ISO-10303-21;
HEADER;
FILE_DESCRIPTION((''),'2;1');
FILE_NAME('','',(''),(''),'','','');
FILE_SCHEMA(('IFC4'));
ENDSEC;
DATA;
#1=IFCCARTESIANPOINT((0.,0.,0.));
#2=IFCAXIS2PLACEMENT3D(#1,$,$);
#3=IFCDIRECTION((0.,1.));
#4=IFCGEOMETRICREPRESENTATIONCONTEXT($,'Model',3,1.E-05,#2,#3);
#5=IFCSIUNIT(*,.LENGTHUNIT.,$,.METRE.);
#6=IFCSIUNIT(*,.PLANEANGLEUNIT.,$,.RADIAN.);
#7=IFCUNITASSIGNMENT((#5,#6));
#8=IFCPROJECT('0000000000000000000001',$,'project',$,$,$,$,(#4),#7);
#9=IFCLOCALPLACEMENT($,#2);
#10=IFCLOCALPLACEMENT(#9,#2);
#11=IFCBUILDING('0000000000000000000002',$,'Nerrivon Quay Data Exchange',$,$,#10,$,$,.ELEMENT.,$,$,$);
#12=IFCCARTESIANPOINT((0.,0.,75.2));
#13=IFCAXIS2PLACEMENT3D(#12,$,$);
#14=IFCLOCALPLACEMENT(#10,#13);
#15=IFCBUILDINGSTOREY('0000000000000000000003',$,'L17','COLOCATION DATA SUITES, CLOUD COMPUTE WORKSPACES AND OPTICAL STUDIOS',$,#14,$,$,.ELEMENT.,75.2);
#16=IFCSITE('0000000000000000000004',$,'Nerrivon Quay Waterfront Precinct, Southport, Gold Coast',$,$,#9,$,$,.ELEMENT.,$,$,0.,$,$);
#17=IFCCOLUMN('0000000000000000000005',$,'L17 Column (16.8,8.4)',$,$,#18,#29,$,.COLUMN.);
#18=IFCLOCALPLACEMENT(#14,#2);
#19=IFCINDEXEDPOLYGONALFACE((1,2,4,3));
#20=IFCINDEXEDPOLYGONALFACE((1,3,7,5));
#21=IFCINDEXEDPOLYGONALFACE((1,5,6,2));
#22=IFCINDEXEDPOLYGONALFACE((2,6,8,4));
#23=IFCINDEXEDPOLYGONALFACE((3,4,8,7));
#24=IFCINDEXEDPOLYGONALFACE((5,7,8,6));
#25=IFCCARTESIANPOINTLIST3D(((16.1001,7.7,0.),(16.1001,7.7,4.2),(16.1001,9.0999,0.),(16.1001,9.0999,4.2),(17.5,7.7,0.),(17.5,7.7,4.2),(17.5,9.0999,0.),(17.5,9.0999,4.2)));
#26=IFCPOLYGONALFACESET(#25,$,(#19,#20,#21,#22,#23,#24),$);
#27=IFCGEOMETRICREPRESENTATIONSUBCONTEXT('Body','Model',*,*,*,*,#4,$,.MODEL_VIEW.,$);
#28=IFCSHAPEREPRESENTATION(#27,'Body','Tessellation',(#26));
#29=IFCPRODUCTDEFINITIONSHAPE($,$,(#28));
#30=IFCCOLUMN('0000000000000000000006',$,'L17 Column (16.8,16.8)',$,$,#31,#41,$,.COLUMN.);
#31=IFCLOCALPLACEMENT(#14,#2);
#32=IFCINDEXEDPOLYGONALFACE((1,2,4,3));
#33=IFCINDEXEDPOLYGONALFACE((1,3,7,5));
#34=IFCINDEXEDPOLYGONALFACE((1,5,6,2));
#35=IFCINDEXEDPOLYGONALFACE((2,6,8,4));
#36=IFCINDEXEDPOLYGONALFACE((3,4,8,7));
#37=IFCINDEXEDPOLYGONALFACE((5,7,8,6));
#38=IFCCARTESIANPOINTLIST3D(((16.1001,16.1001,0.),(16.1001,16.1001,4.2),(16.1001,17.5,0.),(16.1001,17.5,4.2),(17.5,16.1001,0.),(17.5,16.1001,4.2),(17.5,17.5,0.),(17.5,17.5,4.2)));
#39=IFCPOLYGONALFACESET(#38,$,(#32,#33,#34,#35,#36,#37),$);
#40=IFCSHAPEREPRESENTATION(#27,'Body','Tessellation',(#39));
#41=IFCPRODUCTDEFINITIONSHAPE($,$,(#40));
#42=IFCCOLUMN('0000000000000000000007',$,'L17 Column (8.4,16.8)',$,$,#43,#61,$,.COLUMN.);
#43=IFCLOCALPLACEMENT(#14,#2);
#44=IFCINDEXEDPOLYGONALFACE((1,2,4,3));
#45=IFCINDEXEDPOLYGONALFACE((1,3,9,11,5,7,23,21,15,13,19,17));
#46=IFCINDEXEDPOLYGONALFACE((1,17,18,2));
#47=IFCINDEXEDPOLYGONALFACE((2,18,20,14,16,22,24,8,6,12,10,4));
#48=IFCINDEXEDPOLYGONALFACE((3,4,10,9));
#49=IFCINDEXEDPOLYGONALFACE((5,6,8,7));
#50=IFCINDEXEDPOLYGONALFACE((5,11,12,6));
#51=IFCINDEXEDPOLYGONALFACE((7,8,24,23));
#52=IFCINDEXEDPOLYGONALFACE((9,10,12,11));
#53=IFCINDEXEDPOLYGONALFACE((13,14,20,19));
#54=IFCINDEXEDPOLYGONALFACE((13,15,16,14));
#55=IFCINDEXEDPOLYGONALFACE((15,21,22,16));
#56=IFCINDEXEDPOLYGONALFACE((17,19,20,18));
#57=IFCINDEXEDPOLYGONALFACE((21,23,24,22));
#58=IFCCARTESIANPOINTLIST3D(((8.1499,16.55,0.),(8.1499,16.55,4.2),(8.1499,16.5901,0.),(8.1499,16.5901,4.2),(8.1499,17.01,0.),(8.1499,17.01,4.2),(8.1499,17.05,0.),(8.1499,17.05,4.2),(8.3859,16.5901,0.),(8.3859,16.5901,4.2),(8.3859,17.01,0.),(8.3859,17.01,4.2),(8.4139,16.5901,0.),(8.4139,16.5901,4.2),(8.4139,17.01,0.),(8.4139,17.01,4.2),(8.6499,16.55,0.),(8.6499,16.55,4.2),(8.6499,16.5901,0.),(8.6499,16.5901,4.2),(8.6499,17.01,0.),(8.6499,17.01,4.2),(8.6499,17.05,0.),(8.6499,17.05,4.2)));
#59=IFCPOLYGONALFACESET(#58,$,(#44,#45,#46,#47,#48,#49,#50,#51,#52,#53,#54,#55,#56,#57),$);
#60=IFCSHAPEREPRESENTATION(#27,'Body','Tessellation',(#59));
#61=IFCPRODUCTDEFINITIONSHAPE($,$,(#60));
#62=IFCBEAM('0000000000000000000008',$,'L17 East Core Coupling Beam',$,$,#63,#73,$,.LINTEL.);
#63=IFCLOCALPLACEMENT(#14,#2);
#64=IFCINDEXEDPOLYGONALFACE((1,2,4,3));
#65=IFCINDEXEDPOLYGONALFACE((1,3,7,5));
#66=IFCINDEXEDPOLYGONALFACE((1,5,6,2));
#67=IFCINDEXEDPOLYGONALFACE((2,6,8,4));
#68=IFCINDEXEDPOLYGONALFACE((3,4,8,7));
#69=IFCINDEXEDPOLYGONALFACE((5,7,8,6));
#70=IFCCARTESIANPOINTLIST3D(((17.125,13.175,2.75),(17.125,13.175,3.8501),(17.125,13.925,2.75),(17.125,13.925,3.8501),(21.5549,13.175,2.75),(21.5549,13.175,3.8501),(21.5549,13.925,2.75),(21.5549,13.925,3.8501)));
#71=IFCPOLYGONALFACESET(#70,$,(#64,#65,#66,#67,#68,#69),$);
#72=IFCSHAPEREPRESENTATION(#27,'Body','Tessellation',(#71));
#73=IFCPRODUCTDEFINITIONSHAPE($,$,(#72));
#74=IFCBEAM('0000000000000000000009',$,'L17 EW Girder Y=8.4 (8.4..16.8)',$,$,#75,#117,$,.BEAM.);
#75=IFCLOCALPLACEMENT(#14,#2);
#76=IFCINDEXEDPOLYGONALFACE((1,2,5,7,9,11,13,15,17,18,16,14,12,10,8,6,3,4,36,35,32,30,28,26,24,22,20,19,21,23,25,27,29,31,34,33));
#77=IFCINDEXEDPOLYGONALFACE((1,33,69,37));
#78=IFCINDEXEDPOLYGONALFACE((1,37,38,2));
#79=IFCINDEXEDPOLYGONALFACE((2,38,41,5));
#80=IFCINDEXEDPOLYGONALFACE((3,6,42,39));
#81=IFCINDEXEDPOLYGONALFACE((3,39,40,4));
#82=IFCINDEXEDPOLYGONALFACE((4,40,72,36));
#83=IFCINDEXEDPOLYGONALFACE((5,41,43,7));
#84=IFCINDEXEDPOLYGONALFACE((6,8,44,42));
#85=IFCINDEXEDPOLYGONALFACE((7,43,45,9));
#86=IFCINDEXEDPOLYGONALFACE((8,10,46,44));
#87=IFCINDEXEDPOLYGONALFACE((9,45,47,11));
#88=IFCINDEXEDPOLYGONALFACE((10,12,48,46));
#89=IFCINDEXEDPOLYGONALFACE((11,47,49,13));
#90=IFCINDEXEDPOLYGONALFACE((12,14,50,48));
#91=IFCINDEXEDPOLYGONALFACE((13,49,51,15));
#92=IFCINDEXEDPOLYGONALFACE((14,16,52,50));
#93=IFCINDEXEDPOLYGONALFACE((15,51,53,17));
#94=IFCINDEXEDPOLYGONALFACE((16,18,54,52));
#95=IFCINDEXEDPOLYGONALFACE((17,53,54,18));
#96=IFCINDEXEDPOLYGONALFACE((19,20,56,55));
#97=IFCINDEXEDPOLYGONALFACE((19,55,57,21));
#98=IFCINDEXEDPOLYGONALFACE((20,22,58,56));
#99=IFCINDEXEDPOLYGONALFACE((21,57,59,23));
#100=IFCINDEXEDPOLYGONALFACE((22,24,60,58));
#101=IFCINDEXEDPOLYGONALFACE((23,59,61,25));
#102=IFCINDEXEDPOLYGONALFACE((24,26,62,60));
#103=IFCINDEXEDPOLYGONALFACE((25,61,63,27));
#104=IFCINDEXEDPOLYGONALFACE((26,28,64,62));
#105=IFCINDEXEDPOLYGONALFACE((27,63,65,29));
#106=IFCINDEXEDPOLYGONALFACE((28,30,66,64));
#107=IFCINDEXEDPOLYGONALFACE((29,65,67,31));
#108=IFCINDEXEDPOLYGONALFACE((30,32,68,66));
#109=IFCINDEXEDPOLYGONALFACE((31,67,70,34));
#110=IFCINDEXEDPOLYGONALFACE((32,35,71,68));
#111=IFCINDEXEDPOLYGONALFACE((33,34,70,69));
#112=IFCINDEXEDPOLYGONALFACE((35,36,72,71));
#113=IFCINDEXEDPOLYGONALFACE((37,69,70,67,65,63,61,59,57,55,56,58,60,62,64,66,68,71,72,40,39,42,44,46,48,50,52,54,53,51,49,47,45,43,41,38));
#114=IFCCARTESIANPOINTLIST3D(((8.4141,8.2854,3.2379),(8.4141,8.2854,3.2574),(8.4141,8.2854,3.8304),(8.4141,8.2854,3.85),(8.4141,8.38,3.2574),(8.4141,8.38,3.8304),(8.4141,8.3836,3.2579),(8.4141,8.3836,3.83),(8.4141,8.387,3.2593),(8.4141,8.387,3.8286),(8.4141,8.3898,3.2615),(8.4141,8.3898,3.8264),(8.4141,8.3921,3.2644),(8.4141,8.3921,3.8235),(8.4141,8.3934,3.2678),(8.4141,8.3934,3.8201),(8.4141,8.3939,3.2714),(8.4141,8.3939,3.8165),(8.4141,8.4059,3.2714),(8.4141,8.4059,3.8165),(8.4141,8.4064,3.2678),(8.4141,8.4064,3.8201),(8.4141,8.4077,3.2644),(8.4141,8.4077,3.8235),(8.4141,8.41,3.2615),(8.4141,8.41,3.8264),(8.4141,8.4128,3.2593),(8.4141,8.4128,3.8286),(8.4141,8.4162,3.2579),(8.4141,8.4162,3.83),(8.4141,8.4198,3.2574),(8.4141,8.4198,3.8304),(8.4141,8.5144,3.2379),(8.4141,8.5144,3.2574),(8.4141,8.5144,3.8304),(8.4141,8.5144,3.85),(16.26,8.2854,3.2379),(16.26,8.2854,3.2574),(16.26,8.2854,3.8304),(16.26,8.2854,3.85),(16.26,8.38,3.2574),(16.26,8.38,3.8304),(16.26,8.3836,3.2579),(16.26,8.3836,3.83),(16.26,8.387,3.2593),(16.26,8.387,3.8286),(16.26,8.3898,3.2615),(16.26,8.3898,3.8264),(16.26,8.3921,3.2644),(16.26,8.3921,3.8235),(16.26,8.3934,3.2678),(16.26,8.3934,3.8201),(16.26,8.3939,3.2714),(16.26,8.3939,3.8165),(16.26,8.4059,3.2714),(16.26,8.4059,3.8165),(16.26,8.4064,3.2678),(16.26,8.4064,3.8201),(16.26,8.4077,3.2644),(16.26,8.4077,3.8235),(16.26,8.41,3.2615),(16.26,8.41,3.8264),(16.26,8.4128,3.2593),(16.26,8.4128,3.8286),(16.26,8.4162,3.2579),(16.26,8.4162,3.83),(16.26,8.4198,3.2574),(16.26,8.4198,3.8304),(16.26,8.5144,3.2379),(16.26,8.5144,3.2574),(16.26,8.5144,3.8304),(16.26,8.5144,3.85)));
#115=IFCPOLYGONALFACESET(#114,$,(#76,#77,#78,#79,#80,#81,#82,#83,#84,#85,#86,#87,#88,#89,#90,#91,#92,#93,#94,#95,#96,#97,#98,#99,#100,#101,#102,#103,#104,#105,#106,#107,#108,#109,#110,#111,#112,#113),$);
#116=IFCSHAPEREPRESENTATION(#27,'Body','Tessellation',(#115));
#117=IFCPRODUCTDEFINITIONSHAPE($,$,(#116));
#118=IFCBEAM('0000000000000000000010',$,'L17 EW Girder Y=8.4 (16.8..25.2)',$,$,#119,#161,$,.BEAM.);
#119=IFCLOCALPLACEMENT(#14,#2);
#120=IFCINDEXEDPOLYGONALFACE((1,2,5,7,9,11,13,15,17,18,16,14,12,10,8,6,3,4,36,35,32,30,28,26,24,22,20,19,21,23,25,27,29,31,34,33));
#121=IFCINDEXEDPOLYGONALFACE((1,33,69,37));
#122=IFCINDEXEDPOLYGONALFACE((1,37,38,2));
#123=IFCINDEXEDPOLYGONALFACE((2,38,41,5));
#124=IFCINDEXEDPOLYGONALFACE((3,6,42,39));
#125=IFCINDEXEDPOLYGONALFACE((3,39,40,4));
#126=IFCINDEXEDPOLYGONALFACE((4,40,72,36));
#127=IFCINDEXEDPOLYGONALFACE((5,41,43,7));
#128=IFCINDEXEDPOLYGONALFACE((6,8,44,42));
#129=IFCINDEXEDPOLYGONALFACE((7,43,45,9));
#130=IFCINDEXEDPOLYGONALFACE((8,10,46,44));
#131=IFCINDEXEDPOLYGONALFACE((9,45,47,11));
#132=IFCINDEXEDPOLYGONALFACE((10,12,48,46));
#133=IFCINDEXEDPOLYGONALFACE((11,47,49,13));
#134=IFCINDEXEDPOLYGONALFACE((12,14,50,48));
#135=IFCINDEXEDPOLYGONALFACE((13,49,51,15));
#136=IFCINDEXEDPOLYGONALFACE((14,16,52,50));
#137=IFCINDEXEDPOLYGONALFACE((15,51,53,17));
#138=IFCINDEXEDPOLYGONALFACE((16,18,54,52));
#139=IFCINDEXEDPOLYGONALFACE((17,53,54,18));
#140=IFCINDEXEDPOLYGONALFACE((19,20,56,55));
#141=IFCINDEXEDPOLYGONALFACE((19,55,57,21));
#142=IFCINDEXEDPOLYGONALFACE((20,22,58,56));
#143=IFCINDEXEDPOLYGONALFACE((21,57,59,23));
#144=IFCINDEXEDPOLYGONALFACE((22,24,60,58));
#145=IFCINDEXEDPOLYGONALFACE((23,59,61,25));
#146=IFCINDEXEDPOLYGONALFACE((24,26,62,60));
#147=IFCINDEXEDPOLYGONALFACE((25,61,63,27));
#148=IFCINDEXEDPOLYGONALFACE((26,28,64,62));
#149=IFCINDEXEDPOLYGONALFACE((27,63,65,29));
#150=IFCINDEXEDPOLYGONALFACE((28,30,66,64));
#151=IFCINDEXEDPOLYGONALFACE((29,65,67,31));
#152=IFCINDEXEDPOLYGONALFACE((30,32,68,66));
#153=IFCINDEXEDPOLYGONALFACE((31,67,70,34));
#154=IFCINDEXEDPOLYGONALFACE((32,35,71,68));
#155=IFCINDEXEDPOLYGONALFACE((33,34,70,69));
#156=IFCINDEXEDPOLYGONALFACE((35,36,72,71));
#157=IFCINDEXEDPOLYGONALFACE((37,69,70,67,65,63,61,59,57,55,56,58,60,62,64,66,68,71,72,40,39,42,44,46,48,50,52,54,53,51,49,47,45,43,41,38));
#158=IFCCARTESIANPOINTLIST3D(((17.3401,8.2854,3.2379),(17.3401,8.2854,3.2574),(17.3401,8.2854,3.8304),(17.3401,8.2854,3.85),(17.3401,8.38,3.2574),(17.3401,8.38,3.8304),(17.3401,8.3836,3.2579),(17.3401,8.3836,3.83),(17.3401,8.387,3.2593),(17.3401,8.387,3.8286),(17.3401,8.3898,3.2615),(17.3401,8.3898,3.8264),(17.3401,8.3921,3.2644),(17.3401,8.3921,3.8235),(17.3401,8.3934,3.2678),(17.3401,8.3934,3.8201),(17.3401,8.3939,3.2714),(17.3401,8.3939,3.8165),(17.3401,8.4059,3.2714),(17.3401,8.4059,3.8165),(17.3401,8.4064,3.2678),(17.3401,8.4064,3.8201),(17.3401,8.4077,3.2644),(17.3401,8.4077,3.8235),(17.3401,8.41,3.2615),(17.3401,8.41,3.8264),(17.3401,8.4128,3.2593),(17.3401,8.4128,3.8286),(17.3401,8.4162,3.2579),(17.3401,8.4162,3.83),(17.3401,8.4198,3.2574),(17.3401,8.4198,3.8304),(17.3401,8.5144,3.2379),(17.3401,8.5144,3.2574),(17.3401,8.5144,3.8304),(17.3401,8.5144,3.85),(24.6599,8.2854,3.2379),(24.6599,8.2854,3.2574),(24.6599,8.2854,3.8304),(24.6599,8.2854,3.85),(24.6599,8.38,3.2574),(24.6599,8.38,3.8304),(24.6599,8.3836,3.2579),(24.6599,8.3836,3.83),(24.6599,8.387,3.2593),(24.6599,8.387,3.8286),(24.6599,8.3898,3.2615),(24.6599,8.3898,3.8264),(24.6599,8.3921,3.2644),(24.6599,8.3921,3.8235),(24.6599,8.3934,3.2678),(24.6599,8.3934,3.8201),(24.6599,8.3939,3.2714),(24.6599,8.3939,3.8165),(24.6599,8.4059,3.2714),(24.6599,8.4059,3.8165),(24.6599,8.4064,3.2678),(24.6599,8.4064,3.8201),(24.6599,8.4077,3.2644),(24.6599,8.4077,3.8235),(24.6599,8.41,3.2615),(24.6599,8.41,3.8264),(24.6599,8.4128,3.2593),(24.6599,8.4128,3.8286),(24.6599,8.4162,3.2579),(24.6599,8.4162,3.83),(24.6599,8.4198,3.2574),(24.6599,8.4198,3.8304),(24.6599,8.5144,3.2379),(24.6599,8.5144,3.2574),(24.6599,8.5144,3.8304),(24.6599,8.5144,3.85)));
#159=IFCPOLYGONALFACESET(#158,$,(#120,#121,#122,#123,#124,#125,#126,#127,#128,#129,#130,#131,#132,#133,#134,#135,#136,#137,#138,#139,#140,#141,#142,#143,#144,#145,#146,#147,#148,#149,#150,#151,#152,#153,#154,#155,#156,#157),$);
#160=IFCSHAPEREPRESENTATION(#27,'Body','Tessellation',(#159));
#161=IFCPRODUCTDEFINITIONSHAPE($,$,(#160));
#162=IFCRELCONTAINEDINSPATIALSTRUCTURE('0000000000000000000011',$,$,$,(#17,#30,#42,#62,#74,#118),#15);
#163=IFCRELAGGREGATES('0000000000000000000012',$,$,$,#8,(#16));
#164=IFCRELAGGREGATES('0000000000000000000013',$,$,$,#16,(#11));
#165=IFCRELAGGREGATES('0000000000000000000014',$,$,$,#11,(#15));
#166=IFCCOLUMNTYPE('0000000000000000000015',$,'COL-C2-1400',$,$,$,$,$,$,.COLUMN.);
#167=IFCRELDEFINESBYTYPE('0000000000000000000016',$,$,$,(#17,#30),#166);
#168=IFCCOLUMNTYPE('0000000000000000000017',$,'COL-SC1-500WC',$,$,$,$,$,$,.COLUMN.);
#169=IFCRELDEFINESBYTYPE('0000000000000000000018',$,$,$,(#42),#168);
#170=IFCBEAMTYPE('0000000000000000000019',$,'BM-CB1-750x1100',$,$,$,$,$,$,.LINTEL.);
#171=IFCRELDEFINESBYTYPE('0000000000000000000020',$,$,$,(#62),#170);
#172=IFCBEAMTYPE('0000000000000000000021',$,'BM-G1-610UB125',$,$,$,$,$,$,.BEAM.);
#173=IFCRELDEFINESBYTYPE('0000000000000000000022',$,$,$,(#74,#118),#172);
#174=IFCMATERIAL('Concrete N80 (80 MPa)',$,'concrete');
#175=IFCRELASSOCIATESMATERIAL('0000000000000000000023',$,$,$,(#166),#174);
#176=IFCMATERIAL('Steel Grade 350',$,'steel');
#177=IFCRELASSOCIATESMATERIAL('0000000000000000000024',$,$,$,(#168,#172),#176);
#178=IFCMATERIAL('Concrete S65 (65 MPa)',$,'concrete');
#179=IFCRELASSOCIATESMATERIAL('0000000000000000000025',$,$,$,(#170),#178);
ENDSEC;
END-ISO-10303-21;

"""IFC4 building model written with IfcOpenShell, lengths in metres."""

from ifc_helpers import new_model, si_unit, direction, frame, origin, origin_2d, place, context, subcontext, project, spatial, rectangle, i_section, extrude, material, material_profile, profile_set, type_object, element, save


model = new_model("IFC4")

# Units and contexts
model_context = context("Model", 3, precision=1e-05, world=origin(), true_north=direction((0.0, 1.0)))
body_context = subcontext(model_context, "Body", "Model", "MODEL_VIEW")
ifc_project = project(units=[si_unit("LENGTHUNIT", "METRE"), si_unit("PLANEANGLEUNIT", "RADIAN")], contexts=[model_context])

# Site, building, storey
site_placement = place(None, origin())
site = spatial("IfcSite", under=ifc_project, at=site_placement, Name="Nerrivon Quay Waterfront Precinct, Southport, Gold Coast", CompositionType="ELEMENT", RefElevation=0.0)
building_placement = place(site_placement, origin())
building = spatial("IfcBuilding", under=site, at=building_placement, Name="Nerrivon Quay Data Exchange", CompositionType="ELEMENT")
storey_placement = place(building_placement, frame((0.0, 0.0, 75.2)))
storey = spatial("IfcBuildingStorey", under=building, at=storey_placement, Name="L17", Description="COLOCATION DATA SUITES, CLOUD COMPUTE WORKSPACES AND OPTICAL STUDIOS", CompositionType="ELEMENT", Elevation=75.2)

# Columns
ifc_material_1 = material(Name="Concrete N80 (80 MPa)", Category="concrete")
ifc_material_profile_1 = material_profile(ifc_material_1, rectangle(XDim=1.3999, YDim=1.3999, at=origin_2d()), Name="RC-COL-1400x1400")
ifc_profile_set_1 = profile_set([ifc_material_profile_1], Name="Concrete N80 (80 MPa)")
column_type_1 = type_object("IfcColumnType", Name="COL-C2-1400", PredefinedType="COLUMN", material=ifc_profile_set_1)
for number, where, z_axis, x_axis, name in (
    (1, (16.8, 8.3999, 0.0), (0.0, 0.0, 1.0), (1.0, 0.0, 0.0), "L17 Column (16.8,8.4)"),
    (2, (16.8, 16.8, 0.0), (0.0, 0.0, 1.0), (1.0, 0.0, 0.0), "L17 Column (16.8,16.8)"),
):
    element("IfcColumn", number, at=place(storey_placement, frame(where, z_axis=z_axis, x_axis=x_axis)), inside=storey, type_object=column_type_1, Name=name, PredefinedType="COLUMN", context=body_context, shape_type="SweptSolid", body=[
        extrude(rectangle(XDim=1.3999, YDim=1.3999, at=origin_2d()), origin(), (0.0, 0.0, 1.0), 4.2),
    ])
ifc_material_2 = material(Name="Steel Grade 350", Category="steel")
ifc_material_profile_2 = material_profile(ifc_material_2, i_section(OverallWidth=0.5, OverallDepth=0.5, WebThickness=0.0281, FlangeThickness=0.04, at=origin_2d()), Name="500WC440")
ifc_profile_set_2 = profile_set([ifc_material_profile_2], Name="Steel Grade 350")
column_type_2 = type_object("IfcColumnType", Name="COL-SC1-500WC", PredefinedType="COLUMN", material=ifc_profile_set_2)
column_placement = place(storey_placement, frame((8.3999, 16.8, 0.0), z_axis=(0.0, 0.0, 1.0), x_axis=(1.0, 0.0, 0.0)))
element("IfcColumn", 3, at=column_placement, inside=storey, type_object=column_type_2, Name="L17 Column (8.4,16.8)", PredefinedType="COLUMN", context=body_context, shape_type="SweptSolid", body=[
    extrude(i_section(OverallWidth=0.5, OverallDepth=0.5, WebThickness=0.0281, FlangeThickness=0.04, at=origin_2d()), origin(), (0.0, 0.0, 1.0), 4.2),
])

# Beams
ifc_material_3 = material(Name="Concrete S65 (65 MPa)", Category="concrete")
ifc_material_profile_3 = material_profile(ifc_material_3, rectangle(XDim=0.75, YDim=1.1001, at=origin_2d()), Name="RC-CB-750x1100")
ifc_profile_set_3 = profile_set([ifc_material_profile_3], Name="Concrete S65 (65 MPa)")
beam_type_1 = type_object("IfcBeamType", Name="BM-CB1-750x1100", PredefinedType="LINTEL", material=ifc_profile_set_3)
beam_1_placement = place(storey_placement, frame((17.125, 13.55, 3.3), z_axis=(1.0, 0.0, 0.0), x_axis=(0.0, 1.0, 0.0)))
element("IfcBeam", 4, at=beam_1_placement, inside=storey, type_object=beam_type_1, Name="L17 East Core Coupling Beam", PredefinedType="LINTEL", context=body_context, shape_type="SweptSolid", body=[
    extrude(rectangle(XDim=0.75, YDim=1.1001, at=origin_2d()), origin(), (0.0, 0.0, 1.0), 4.4299),
])
ifc_material_profile_4 = material_profile(ifc_material_2, i_section(OverallWidth=0.229, OverallDepth=0.6121, WebThickness=0.012, FlangeThickness=0.0195, FilletRadius=0.0139, at=origin_2d()), Name="610UB125")
ifc_profile_set_4 = profile_set([ifc_material_profile_4], Name="Steel Grade 350")
beam_type_2 = type_object("IfcBeamType", Name="BM-G1-610UB125", PredefinedType="BEAM", material=ifc_profile_set_4)
beam_2_placement = place(storey_placement, frame((8.4141, 8.3999, 3.5439), z_axis=(1.0, 0.0, 0.0), x_axis=(0.0, 1.0, 0.0)))
element("IfcBeam", 5, at=beam_2_placement, inside=storey, type_object=beam_type_2, Name="L17 EW Girder Y=8.4 (8.4..16.8)", PredefinedType="BEAM", context=body_context, shape_type="SweptSolid", body=[
    extrude(i_section(OverallWidth=0.229, OverallDepth=0.6121, WebThickness=0.012, FlangeThickness=0.0195, FilletRadius=0.0139, at=origin_2d()), origin(), (0.0, 0.0, 1.0), 7.8459),
])
beam_3_placement = place(storey_placement, frame((17.3401, 8.3999, 3.5439), z_axis=(1.0, 0.0, 0.0), x_axis=(0.0, 1.0, 0.0)))
element("IfcBeam", 6, at=beam_3_placement, inside=storey, type_object=beam_type_2, Name="L17 EW Girder Y=8.4 (16.8..25.2)", PredefinedType="BEAM", context=body_context, shape_type="SweptSolid", body=[
    extrude(i_section(OverallWidth=0.229, OverallDepth=0.6121, WebThickness=0.012, FlangeThickness=0.0195, FilletRadius=0.0139, at=origin_2d()), origin(), (0.0, 0.0, 1.0), 7.3198),
])

save(model, "model.ifc")
